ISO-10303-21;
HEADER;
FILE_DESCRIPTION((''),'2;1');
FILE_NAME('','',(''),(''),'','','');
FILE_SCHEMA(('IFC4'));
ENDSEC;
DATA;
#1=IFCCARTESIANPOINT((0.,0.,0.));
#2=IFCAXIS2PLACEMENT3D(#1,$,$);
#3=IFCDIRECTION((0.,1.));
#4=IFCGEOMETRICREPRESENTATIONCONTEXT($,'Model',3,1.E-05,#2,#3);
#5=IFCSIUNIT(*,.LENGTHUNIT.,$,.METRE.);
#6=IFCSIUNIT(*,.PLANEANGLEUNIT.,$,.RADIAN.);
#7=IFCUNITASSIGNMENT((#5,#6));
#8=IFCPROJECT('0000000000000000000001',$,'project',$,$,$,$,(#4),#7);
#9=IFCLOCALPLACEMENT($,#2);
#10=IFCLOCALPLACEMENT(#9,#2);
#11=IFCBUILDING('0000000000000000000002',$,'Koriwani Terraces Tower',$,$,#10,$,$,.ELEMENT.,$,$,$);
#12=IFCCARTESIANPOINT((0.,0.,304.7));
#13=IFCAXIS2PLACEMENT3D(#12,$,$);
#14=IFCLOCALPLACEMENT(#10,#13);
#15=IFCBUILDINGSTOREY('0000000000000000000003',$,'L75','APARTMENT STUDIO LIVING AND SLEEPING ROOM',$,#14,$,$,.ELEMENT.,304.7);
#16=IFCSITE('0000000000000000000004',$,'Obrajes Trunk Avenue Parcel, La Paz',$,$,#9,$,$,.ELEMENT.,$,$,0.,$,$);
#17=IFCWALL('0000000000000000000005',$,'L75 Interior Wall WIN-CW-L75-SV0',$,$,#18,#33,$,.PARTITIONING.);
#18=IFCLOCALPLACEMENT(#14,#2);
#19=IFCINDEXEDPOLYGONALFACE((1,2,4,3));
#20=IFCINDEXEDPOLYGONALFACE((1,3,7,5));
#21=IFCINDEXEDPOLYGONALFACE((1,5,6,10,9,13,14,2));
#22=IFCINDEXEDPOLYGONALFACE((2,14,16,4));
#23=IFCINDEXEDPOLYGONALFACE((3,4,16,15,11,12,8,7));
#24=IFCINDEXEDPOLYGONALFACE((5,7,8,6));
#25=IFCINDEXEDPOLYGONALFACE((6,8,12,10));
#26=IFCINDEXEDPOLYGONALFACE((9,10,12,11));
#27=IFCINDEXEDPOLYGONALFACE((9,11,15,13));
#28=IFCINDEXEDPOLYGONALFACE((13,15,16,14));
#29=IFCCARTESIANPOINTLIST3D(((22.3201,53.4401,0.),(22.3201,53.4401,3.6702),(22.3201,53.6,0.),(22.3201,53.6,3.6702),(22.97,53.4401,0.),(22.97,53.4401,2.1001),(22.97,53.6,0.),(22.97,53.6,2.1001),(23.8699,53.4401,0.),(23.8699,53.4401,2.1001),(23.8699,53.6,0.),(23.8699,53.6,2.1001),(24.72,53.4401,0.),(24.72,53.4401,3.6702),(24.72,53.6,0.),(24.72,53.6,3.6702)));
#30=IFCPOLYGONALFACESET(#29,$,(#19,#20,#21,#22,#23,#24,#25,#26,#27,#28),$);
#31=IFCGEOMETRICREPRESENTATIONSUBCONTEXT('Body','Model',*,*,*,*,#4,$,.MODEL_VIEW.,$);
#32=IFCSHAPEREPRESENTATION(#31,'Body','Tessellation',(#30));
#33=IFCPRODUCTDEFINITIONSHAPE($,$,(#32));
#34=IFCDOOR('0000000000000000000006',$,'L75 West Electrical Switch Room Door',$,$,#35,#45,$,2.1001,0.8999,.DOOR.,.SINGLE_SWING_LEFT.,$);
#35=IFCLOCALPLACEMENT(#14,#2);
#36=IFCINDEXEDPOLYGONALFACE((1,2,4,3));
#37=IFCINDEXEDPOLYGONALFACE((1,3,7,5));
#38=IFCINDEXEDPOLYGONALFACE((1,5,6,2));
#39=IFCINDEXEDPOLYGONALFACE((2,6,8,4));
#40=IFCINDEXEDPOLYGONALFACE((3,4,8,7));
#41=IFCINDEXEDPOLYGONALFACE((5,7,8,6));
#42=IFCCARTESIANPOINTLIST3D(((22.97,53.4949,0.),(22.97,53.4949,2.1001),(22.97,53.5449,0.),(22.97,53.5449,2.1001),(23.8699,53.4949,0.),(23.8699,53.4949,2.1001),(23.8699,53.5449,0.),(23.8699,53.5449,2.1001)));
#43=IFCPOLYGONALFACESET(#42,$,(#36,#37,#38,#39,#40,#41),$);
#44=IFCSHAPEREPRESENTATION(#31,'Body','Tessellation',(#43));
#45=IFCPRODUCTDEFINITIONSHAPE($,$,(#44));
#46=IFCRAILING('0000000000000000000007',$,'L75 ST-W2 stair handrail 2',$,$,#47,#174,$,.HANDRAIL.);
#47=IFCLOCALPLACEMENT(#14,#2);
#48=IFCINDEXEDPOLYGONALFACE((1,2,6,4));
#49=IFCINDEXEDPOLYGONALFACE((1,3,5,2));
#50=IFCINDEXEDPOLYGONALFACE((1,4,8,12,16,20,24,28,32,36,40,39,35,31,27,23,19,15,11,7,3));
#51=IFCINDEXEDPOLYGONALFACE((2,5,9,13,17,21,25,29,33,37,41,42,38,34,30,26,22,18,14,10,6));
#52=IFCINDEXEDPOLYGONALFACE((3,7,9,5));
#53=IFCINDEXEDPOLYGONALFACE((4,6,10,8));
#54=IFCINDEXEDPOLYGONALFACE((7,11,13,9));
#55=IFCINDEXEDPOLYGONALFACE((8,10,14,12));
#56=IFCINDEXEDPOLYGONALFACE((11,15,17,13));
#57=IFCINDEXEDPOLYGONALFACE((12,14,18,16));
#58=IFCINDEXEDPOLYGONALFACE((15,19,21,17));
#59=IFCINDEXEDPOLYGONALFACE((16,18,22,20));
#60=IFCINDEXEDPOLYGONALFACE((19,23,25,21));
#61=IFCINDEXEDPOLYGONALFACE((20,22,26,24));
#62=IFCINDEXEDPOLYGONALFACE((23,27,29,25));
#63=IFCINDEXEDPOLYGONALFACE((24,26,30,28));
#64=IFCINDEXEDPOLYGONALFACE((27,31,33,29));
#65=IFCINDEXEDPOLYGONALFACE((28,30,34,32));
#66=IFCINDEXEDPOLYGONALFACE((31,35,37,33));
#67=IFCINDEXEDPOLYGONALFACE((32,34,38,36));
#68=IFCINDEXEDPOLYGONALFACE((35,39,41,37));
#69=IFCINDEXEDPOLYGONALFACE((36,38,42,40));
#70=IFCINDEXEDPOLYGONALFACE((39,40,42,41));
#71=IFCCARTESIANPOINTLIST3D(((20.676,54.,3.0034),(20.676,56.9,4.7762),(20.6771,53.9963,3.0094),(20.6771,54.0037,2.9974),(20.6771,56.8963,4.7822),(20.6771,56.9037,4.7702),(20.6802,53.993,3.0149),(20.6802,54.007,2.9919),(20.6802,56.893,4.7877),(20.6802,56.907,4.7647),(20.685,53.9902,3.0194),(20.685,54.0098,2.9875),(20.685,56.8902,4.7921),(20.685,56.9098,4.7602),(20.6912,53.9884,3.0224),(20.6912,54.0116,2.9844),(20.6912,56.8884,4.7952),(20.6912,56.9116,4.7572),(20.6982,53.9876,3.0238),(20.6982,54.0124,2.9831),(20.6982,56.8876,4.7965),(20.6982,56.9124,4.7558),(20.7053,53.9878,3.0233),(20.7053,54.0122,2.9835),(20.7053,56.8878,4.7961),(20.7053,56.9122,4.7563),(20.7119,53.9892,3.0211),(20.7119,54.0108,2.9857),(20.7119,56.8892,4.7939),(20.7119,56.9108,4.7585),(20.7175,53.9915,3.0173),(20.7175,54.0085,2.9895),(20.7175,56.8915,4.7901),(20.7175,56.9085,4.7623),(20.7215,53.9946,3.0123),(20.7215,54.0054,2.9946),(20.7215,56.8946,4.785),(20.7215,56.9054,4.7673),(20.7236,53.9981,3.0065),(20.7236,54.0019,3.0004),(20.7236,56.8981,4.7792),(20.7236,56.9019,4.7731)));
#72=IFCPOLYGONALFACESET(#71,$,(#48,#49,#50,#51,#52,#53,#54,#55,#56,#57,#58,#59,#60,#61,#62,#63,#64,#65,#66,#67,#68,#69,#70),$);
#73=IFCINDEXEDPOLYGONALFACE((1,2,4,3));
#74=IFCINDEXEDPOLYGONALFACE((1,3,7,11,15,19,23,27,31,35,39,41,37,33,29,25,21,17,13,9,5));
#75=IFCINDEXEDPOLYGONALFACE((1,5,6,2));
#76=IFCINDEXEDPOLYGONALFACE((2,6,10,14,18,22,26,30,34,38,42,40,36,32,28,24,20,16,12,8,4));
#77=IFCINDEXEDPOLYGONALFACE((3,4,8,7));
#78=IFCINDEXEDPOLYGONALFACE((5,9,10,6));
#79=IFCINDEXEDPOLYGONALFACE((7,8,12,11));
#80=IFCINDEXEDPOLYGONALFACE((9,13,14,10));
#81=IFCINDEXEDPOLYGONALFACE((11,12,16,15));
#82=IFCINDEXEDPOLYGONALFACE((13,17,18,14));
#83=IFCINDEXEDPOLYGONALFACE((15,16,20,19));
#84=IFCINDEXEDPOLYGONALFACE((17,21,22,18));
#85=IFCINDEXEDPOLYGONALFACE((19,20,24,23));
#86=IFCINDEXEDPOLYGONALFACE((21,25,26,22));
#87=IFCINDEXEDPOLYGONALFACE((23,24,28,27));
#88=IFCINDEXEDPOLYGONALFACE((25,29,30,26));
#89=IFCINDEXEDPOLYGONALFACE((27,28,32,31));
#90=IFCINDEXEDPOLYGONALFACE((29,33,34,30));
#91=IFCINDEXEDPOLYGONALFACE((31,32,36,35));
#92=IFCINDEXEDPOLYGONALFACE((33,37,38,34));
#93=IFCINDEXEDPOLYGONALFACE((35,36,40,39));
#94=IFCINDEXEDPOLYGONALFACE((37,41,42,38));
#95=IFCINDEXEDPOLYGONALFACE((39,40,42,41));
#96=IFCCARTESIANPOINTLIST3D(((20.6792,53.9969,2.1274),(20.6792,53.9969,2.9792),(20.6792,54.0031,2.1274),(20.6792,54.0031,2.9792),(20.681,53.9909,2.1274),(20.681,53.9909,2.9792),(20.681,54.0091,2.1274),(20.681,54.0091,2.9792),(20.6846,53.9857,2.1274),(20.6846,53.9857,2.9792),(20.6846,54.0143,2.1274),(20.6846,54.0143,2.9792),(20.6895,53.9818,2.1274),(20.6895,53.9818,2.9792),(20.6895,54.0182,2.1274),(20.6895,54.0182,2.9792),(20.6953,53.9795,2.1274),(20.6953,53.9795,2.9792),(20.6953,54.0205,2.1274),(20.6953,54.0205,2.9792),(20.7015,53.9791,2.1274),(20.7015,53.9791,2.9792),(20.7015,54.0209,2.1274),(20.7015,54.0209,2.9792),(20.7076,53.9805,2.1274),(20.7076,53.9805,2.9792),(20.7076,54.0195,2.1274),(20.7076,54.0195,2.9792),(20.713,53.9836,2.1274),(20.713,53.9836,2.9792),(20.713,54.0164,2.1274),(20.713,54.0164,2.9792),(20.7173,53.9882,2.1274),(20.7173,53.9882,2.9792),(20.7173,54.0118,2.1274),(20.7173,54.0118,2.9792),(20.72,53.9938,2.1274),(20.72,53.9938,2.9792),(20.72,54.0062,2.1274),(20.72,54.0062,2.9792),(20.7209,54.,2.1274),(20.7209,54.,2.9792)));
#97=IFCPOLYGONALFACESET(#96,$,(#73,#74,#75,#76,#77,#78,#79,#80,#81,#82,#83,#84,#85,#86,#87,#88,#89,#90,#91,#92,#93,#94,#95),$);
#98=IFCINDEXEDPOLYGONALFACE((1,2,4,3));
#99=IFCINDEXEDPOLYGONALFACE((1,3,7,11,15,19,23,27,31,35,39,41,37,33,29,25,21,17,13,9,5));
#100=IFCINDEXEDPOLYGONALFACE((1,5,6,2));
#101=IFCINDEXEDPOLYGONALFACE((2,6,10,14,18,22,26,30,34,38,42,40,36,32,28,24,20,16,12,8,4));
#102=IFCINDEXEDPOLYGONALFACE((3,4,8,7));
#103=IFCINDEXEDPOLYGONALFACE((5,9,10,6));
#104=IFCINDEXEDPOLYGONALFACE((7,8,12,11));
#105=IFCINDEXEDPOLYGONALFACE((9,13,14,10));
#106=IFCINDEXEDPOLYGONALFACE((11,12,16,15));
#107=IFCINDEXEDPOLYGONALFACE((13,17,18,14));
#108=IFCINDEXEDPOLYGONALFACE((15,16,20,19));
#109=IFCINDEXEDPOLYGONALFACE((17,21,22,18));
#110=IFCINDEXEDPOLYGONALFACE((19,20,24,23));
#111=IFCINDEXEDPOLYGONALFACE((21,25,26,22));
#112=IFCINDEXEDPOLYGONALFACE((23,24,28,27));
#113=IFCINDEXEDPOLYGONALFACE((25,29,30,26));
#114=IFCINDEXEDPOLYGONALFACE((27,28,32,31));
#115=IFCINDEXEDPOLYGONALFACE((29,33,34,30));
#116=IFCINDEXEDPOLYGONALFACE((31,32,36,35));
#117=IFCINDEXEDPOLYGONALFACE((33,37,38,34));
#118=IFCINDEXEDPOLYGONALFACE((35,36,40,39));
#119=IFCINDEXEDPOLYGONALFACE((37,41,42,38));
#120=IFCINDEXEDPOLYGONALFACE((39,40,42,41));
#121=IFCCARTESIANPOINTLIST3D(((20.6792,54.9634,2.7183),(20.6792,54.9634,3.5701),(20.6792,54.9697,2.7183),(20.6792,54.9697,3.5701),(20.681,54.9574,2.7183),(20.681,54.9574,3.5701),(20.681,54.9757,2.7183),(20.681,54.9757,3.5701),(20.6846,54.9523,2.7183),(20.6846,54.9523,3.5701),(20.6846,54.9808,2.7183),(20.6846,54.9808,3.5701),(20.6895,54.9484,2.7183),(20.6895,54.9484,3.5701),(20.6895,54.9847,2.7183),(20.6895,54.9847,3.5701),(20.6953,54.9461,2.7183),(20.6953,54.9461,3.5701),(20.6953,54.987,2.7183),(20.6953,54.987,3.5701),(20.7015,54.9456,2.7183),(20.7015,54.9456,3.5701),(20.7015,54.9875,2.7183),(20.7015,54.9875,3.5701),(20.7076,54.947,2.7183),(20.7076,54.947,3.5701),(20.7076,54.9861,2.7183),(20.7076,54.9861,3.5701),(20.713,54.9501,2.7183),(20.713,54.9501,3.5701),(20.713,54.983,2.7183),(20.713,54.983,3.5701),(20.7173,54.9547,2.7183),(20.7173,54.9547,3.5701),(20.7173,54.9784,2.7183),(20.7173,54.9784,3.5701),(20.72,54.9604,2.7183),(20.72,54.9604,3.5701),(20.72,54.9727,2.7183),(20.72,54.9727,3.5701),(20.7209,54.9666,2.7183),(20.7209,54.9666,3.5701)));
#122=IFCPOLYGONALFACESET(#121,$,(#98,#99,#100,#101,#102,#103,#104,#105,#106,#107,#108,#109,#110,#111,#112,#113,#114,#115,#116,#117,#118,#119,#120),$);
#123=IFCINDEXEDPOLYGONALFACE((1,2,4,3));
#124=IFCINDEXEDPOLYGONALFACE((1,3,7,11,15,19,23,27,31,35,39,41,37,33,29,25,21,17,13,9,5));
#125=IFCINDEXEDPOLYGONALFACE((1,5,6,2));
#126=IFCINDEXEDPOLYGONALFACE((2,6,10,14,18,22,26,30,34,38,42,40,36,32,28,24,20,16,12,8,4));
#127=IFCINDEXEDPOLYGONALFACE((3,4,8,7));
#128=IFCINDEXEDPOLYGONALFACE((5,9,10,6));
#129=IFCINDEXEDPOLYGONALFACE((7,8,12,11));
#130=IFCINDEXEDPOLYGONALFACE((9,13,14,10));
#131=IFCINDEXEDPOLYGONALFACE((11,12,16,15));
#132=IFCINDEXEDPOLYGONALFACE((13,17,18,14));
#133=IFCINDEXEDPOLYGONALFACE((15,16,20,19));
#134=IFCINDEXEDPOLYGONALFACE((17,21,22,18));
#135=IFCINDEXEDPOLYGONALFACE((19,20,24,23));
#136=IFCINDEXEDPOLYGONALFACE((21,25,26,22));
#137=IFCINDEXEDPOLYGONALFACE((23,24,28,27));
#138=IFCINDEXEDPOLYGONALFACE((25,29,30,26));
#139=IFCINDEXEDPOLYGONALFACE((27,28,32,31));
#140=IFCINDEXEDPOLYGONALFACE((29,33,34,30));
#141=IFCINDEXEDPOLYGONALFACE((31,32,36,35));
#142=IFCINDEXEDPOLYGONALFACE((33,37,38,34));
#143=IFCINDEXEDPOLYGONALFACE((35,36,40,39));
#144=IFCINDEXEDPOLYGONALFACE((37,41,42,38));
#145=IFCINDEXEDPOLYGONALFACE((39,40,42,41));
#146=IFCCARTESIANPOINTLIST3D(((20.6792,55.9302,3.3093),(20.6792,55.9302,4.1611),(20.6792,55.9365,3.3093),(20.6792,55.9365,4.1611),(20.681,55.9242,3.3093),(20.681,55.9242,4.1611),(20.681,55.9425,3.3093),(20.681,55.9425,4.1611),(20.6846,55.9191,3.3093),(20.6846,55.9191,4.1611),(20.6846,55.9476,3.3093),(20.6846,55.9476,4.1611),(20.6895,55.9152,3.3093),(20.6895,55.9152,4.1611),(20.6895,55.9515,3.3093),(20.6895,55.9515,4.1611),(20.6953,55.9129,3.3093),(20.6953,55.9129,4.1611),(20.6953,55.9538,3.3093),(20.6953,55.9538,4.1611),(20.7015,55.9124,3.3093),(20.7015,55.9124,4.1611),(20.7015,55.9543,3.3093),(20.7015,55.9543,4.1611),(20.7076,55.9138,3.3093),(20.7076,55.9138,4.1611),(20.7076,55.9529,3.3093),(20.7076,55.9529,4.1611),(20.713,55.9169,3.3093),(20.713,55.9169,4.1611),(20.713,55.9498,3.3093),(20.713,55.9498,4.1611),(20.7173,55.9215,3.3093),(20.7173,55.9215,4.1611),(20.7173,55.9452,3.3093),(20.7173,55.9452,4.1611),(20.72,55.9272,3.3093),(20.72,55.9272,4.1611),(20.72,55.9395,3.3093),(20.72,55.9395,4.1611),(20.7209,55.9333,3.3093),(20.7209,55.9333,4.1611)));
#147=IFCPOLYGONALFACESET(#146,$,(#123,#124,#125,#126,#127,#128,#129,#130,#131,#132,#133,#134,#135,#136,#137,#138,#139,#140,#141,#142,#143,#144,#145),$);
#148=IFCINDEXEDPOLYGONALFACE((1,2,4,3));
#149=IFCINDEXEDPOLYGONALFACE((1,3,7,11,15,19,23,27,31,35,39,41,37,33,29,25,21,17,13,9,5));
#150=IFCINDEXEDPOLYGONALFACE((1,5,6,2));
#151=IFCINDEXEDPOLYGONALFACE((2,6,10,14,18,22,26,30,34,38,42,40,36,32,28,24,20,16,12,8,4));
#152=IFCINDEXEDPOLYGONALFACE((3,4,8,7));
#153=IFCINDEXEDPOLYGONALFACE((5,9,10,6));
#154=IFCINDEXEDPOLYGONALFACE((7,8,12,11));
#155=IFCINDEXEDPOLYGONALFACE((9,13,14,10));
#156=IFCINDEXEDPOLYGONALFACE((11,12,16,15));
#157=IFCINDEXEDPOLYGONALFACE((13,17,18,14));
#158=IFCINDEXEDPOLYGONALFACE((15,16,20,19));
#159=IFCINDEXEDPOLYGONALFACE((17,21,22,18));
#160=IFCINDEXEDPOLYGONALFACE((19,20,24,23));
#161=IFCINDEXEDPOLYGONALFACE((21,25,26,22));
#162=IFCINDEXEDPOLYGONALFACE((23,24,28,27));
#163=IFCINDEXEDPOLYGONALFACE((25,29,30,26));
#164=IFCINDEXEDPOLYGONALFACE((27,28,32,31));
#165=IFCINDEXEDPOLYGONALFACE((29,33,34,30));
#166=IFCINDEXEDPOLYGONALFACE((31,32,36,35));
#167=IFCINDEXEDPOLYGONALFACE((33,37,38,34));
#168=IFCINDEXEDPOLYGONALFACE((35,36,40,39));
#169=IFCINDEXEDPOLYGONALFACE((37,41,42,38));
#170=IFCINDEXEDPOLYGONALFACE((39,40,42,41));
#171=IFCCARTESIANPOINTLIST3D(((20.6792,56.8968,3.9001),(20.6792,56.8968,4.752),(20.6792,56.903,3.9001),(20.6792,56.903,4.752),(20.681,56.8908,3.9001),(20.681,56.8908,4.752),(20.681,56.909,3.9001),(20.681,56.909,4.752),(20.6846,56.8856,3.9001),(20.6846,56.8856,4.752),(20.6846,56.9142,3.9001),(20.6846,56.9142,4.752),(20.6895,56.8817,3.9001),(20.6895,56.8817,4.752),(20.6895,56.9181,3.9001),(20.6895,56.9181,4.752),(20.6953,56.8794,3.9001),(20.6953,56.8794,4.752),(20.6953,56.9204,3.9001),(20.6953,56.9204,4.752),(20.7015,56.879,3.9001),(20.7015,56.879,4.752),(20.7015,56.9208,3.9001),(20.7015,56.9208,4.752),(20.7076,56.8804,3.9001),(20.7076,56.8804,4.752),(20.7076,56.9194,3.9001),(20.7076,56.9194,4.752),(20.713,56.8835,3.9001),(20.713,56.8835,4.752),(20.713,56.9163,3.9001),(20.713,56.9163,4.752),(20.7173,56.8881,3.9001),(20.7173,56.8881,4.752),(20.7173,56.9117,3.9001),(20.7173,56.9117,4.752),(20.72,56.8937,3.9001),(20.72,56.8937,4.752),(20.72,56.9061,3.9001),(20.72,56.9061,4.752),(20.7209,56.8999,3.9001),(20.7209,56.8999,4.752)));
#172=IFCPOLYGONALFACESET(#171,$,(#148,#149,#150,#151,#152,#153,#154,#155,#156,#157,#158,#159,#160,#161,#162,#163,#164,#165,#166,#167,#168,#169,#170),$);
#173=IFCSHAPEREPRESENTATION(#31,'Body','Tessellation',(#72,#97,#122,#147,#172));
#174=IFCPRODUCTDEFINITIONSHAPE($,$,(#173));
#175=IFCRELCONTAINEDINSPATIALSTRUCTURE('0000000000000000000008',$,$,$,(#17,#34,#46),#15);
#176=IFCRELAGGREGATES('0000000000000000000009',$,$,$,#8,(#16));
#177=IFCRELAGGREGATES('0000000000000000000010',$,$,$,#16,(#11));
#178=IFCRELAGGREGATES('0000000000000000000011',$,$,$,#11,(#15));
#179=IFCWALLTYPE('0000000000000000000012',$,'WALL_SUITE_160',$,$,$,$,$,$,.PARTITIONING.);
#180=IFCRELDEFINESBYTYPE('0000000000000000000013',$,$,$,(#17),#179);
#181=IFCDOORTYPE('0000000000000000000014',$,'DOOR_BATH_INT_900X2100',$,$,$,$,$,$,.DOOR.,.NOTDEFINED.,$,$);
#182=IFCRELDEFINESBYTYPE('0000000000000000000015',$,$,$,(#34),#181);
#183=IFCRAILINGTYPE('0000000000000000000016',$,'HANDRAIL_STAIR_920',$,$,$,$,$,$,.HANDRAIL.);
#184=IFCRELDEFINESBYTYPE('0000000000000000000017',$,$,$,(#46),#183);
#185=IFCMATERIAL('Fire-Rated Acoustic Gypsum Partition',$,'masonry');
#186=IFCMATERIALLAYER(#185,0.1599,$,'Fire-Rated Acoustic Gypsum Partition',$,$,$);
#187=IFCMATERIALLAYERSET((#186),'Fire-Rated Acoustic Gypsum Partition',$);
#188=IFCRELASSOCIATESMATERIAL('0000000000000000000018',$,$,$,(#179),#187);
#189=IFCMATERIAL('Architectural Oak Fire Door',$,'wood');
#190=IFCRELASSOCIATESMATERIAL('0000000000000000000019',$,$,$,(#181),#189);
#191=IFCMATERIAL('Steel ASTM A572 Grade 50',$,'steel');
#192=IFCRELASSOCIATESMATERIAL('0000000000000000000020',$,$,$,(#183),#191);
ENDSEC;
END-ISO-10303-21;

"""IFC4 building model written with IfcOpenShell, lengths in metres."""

from ifc_helpers import new_model, si_unit, direction, frame, frame_2d, origin, origin_2d, place, context, subcontext, project, spatial, rectangle, circle, extrude, material, layer, layer_set, type_object, element, fill, save


model = new_model("IFC4")

# Units and contexts
model_context = context("Model", 3, precision=1e-05, world=origin(), true_north=direction((0.0, 1.0)))
body_context = subcontext(model_context, "Body", "Model", "MODEL_VIEW")
ifc_project = project(units=[si_unit("LENGTHUNIT", "METRE"), si_unit("PLANEANGLEUNIT", "RADIAN")], contexts=[model_context])

# Site, building, storey
site_placement = place(None, origin())
site = spatial("IfcSite", under=ifc_project, at=site_placement, Name="Obrajes Trunk Avenue Parcel, La Paz", CompositionType="ELEMENT", RefElevation=0.0)
building_placement = place(site_placement, origin())
building = spatial("IfcBuilding", under=site, at=building_placement, Name="Koriwani Terraces Tower", CompositionType="ELEMENT")
storey_placement = place(building_placement, frame((0.0, 0.0, 304.7)))
storey = spatial("IfcBuildingStorey", under=building, at=storey_placement, Name="L75", Description="APARTMENT STUDIO LIVING AND SLEEPING ROOM", CompositionType="ELEMENT", Elevation=304.7)

# Shared definitions
ifc_material_1 = material(Name="Steel ASTM A572 Grade 50", Category="steel")

# Wall, opening, door
ifc_material_2 = material(Name="Fire-Rated Acoustic Gypsum Partition", Category="masonry")
ifc_layer_1 = layer(ifc_material_2, 0.1599, Name="Fire-Rated Acoustic Gypsum Partition")
ifc_layer_set_1 = layer_set([ifc_layer_1], Name="Fire-Rated Acoustic Gypsum Partition")
wall_type_1 = type_object("IfcWallType", Name="WALL_SUITE_160", PredefinedType="PARTITIONING", material=ifc_layer_set_1)
wall_1_placement = place(storey_placement, frame((22.3201, 53.52, 0.0), z_axis=(0.0, 0.0, 1.0), x_axis=(1.0, 0.0, 0.0)))
wall_1 = element("IfcWall", 1, at=wall_1_placement, inside=storey, type_object=wall_type_1, Name="L75 Interior Wall WIN-CW-L75-SV0", PredefinedType="PARTITIONING", context=body_context, shape_type="SweptSolid", body=[
    extrude(rectangle(XDim=2.3999, YDim=0.1599, at=frame_2d((1.2, 0.0))), origin(), (0.0, 0.0, 1.0), 3.6702),
])
opening_1_placement = place(wall_1_placement, frame((0.6499, 0.0, 0.0)))
opening_1 = element("IfcOpeningElement", 2, at=opening_1_placement, cuts=wall_1, PredefinedType="OPENING", context=body_context, shape_type="SweptSolid", body=[
    extrude(rectangle(XDim=0.8999, YDim=2.1001, at=frame_2d((0.45, 1.05))), frame((0.0, 0.0898, 0.0), z_axis=(0.0, -1.0, 0.0), x_axis=(1.0, 0.0, 0.0)), (0.0, 0.0, 1.0), 0.1799),
])
ifc_material_3 = material(Name="Architectural Oak Fire Door", Category="wood")
door_type_1 = type_object("IfcDoorType", Name="DOOR_BATH_INT_900X2100", OperationType="NOTDEFINED", PredefinedType="DOOR", material=ifc_material_3)
door_1_placement = place(opening_1_placement, origin())
door_1 = element("IfcDoor", 3, at=door_1_placement, inside=storey, type_object=door_type_1, Name="L75 West Electrical Switch Room Door", OperationType="SINGLE_SWING_LEFT", OverallHeight=2.1001, OverallWidth=0.8999, PredefinedType="DOOR", context=body_context, shape_type="SweptSolid", body=[
    extrude(rectangle(XDim=0.8999, YDim=2.1001, at=frame_2d((0.45, 1.05))), frame((0.0, 0.0249, 0.0), z_axis=(0.0, -1.0, 0.0), x_axis=(1.0, 0.0, 0.0)), (0.0, 0.0, 1.0), 0.05),
])
fill(opening_1, door_1)

# Railing
railing_type = type_object("IfcRailingType", Name="HANDRAIL_STAIR_920", PredefinedType="HANDRAIL", material=ifc_material_1)
railing_placement = place(storey_placement, frame((20.7, 54.0, 2.1274)))
element("IfcRailing", 4, at=railing_placement, inside=storey, type_object=railing_type, Name="L75 ST-W2 stair handrail 2", PredefinedType="HANDRAIL", context=body_context, shape_type="SweptSolid", body=[
    extrude(circle(Radius=0.0239, at=origin_2d()), frame((0.0, 0.0, 0.876), z_axis=(0.0, 0.853211, 0.521566), x_axis=(-1.0, 0.0, 0.0)), (0.0, 0.0, 1.0), 3.3989),
    extrude(circle(Radius=0.021, at=origin_2d()), origin(), (0.0, 0.0, 1.0), 0.8518),
    extrude(circle(Radius=0.021, at=origin_2d()), frame((0.0, 0.9666, 0.5908)), (0.0, 0.0, 1.0), 0.8518),
    extrude(circle(Radius=0.021, at=origin_2d()), frame((0.0, 1.9333, 1.1819)), (0.0, 0.0, 1.0), 0.8518),
    extrude(circle(Radius=0.021, at=origin_2d()), frame((0.0, 2.8999, 1.7727)), (0.0, 0.0, 1.0), 0.8518),
])

save(model, "model.ifc")
